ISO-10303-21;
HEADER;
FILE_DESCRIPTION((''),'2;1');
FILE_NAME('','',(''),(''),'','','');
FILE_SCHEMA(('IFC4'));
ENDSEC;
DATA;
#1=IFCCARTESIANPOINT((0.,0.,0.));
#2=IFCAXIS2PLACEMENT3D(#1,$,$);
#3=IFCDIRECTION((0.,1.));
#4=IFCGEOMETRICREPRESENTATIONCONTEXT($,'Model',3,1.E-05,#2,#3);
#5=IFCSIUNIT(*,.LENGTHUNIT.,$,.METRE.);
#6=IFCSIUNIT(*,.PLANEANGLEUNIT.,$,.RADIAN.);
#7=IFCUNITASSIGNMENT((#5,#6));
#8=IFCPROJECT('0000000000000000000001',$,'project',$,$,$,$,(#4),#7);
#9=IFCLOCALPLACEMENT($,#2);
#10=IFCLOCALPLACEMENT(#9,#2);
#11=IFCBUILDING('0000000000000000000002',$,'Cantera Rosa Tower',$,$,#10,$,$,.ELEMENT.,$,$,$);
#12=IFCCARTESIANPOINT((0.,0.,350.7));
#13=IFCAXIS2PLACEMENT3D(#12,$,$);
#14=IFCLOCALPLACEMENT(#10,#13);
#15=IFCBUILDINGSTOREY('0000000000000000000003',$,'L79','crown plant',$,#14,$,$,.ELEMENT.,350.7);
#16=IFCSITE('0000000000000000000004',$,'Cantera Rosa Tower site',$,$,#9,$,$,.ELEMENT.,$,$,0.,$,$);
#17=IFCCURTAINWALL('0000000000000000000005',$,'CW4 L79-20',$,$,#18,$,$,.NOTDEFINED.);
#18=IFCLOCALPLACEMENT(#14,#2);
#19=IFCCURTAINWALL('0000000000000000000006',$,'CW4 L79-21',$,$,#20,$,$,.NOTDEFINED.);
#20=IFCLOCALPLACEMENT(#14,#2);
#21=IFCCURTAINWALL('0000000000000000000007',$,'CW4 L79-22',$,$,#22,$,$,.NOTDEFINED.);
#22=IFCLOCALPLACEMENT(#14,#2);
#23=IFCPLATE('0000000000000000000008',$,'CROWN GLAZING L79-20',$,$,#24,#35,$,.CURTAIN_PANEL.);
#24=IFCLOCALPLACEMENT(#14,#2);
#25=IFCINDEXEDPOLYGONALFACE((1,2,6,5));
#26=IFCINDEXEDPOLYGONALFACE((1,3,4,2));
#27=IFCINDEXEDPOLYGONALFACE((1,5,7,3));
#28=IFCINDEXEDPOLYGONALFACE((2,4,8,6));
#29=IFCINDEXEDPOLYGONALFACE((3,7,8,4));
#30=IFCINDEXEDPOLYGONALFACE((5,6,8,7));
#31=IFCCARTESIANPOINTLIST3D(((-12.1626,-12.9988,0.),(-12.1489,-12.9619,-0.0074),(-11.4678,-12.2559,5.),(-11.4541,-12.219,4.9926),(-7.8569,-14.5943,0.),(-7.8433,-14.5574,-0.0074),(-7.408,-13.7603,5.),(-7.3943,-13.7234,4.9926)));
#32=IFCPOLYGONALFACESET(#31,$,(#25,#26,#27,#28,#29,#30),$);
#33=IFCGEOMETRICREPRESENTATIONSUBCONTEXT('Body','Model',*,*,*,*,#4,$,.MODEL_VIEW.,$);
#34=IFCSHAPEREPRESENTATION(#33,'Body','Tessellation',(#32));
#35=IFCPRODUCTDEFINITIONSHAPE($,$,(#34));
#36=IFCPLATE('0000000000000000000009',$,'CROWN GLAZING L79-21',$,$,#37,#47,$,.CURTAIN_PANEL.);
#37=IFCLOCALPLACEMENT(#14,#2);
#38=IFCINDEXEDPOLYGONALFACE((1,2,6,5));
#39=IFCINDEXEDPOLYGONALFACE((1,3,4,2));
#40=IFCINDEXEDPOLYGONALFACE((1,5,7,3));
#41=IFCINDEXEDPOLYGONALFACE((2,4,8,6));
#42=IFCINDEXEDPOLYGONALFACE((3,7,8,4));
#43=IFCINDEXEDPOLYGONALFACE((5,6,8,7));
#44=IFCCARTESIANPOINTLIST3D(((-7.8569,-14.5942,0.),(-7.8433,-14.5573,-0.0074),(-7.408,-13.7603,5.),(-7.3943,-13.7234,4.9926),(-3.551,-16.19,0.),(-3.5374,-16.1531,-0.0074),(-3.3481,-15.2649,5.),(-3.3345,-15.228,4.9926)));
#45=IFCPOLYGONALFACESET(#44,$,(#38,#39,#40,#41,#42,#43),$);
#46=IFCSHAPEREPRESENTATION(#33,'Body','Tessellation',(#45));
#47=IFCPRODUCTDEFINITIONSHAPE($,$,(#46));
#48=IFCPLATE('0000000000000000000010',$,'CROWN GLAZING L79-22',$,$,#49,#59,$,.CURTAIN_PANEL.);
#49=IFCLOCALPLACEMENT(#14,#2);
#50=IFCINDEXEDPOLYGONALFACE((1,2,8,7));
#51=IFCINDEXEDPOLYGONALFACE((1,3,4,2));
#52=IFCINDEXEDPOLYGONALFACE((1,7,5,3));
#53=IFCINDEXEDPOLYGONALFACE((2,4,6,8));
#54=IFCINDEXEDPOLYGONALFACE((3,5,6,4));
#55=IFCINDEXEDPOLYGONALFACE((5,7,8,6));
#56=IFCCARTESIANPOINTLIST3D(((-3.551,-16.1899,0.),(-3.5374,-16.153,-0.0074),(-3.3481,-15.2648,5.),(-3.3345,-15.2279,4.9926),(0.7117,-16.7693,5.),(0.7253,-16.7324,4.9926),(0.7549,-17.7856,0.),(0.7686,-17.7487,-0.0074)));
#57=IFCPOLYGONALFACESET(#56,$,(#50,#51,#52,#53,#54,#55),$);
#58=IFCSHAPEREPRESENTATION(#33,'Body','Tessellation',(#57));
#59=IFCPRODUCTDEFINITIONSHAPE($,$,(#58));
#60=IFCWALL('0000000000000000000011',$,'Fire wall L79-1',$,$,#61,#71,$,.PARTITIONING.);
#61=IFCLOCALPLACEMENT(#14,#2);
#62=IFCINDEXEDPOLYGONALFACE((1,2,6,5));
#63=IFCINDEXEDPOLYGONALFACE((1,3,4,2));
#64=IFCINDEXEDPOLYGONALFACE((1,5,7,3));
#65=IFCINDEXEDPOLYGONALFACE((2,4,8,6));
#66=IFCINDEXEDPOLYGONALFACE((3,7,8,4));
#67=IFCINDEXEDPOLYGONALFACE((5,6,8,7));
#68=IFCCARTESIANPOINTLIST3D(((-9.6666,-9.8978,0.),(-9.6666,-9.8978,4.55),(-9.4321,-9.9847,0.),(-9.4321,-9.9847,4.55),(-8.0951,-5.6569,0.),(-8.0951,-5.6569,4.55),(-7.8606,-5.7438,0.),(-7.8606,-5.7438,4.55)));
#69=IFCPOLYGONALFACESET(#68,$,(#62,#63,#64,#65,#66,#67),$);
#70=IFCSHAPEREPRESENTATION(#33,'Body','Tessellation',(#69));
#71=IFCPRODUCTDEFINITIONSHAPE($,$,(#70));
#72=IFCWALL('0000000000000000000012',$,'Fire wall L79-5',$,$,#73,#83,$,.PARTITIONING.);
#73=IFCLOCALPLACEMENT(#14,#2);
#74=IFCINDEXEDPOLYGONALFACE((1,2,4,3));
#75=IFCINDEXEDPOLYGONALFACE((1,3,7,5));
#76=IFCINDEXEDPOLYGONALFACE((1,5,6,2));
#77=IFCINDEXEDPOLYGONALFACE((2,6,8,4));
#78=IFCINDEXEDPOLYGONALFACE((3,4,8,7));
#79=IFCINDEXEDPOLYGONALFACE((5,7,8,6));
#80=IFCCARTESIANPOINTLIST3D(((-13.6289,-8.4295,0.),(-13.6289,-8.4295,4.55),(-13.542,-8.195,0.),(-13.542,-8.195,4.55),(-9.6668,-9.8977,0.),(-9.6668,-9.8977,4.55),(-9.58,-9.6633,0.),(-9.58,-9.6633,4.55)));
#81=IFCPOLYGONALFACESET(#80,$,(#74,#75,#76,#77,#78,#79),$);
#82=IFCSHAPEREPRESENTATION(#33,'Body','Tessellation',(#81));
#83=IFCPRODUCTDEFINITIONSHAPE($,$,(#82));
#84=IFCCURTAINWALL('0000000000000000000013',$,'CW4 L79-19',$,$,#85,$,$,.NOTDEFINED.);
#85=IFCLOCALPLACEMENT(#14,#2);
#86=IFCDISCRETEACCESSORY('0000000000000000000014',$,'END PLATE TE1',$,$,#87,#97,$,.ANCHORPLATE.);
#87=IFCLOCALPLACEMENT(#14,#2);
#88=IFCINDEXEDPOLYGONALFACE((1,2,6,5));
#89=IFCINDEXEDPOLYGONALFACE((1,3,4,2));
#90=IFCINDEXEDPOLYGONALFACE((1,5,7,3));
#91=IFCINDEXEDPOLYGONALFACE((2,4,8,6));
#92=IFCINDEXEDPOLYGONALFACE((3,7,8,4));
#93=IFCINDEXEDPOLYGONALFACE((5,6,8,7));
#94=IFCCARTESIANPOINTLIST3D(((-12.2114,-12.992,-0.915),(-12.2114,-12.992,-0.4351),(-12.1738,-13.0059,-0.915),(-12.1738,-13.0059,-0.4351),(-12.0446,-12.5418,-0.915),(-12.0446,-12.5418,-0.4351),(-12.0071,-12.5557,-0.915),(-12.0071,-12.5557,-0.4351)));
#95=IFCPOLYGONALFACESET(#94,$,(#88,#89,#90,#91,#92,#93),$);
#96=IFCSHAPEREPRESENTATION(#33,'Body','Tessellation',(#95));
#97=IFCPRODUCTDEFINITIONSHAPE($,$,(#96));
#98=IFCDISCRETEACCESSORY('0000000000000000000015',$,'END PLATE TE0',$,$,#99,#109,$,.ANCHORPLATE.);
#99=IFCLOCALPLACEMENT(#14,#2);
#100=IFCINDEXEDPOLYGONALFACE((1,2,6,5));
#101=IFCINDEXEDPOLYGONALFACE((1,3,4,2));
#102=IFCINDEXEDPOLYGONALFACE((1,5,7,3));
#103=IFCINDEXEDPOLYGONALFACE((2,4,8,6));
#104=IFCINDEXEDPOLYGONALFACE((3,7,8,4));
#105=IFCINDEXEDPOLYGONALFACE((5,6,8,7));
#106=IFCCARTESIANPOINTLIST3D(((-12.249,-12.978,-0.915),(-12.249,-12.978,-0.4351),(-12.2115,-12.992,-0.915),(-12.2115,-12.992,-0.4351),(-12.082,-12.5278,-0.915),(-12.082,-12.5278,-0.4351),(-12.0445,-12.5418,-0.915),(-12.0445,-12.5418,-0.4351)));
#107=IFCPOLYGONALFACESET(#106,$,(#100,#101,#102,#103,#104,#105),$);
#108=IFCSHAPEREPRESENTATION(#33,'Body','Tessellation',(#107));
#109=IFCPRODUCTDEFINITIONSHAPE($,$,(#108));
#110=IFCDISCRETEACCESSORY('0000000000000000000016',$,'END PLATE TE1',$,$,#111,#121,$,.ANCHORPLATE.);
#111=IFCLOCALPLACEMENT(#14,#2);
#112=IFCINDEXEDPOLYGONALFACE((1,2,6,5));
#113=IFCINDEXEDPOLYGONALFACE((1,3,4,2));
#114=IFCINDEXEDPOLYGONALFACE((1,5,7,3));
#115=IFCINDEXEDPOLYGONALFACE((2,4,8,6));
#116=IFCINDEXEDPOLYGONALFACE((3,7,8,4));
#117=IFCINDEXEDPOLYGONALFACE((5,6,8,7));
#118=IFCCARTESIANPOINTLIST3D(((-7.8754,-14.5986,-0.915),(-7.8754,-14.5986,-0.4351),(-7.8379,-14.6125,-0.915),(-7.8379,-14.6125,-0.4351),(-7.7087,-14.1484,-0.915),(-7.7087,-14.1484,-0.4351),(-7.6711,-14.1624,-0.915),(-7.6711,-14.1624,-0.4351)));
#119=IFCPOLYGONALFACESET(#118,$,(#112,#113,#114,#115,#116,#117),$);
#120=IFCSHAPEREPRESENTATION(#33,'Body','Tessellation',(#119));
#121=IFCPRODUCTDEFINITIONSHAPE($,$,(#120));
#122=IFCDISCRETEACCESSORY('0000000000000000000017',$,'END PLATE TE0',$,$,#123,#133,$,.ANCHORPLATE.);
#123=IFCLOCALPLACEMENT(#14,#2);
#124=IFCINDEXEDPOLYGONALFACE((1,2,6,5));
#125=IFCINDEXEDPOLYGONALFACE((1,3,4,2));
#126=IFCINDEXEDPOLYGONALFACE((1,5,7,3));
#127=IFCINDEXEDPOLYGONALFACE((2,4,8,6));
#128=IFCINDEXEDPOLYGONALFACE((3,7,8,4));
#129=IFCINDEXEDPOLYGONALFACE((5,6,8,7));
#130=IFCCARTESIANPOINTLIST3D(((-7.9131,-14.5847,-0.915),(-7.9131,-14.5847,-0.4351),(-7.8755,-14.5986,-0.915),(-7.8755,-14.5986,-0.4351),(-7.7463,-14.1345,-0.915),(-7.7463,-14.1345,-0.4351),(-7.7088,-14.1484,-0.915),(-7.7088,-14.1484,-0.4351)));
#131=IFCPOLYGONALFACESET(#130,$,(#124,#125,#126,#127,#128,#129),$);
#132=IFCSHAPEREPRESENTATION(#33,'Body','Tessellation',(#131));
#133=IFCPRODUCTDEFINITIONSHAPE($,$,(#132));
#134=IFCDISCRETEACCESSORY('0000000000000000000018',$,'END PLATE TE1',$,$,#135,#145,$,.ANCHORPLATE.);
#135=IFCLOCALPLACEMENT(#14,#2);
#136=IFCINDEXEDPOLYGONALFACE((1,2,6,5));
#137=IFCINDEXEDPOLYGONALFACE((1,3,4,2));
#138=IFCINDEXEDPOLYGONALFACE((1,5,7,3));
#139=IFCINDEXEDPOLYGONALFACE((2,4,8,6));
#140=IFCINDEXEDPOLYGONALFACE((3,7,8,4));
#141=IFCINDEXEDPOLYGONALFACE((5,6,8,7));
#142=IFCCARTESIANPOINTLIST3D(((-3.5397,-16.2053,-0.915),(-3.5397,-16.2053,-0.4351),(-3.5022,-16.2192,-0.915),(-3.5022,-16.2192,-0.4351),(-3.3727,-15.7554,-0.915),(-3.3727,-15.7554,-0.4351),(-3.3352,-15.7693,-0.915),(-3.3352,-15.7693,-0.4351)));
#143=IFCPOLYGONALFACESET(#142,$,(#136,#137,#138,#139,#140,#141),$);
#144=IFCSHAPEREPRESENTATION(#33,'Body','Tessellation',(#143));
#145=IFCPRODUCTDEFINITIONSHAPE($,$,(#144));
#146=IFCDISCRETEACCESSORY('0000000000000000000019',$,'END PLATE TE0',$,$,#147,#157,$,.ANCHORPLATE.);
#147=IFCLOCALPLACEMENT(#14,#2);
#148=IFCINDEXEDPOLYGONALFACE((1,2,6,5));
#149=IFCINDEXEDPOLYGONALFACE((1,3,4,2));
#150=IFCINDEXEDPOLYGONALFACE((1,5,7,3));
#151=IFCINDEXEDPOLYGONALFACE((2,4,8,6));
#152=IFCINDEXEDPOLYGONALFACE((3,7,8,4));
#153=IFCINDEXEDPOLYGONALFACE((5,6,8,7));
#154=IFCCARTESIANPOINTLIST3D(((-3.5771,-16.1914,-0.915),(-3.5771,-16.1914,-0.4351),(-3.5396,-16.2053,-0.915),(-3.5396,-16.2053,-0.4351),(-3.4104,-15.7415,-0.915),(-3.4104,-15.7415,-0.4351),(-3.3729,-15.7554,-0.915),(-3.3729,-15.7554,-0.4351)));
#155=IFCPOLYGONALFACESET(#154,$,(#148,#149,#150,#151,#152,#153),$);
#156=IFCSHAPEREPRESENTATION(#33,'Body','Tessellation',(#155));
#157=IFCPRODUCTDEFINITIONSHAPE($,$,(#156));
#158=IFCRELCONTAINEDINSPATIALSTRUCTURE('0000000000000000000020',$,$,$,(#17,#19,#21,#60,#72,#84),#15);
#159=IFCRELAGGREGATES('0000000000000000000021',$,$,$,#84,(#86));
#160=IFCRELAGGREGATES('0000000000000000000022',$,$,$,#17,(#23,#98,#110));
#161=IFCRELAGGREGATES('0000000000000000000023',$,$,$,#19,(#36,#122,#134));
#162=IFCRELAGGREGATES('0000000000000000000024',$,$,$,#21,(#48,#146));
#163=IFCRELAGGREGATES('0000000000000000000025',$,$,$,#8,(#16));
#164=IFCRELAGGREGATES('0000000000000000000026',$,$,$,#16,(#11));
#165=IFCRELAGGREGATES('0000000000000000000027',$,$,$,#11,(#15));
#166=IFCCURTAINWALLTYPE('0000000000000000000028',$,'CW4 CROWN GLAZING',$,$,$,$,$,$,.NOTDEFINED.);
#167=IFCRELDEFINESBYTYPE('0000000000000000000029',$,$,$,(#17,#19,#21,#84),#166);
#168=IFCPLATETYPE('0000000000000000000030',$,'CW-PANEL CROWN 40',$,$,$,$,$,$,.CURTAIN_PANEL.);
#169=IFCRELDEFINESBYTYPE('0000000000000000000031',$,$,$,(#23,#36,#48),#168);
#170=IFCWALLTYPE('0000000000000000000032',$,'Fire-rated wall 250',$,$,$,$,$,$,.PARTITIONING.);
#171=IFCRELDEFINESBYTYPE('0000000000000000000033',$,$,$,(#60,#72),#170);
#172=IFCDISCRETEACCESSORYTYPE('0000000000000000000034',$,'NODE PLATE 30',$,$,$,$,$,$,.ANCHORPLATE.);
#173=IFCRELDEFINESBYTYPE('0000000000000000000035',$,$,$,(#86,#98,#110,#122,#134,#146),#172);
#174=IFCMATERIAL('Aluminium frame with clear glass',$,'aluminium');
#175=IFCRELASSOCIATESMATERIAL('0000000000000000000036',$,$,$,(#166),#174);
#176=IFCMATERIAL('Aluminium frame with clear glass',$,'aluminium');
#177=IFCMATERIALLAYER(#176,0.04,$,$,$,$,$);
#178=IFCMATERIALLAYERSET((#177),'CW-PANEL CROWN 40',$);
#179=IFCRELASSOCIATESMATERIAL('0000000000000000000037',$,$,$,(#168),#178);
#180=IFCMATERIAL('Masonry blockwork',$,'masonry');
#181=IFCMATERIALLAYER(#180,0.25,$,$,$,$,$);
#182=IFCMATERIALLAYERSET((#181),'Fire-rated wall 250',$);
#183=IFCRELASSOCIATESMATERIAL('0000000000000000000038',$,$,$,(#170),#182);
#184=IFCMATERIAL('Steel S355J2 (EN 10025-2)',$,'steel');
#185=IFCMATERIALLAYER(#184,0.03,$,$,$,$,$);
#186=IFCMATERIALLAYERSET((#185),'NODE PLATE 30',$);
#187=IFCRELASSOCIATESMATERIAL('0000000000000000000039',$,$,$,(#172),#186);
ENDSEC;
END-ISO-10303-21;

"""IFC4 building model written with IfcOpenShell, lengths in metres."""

from ifc_helpers import new_model, si_unit, direction, frame, frame_2d, origin, place, context, subcontext, project, spatial, polyline, rectangle, outline, extrude, material, layer, layer_set, type_object, element, aggregate, save


model = new_model("IFC4")

# Units and contexts
model_context = context("Model", 3, precision=1e-05, world=origin(), true_north=direction((0.0, 1.0)))
body_context = subcontext(model_context, "Body", "Model", "MODEL_VIEW")
ifc_project = project(units=[si_unit("LENGTHUNIT", "METRE"), si_unit("PLANEANGLEUNIT", "RADIAN")], contexts=[model_context])

# Site, building, storey
site_placement = place(None, origin())
site = spatial("IfcSite", under=ifc_project, at=site_placement, Name="Cantera Rosa Tower site", CompositionType="ELEMENT", RefElevation=0.0)
building_placement = place(site_placement, origin())
building = spatial("IfcBuilding", under=site, at=building_placement, Name="Cantera Rosa Tower", CompositionType="ELEMENT")
storey_placement = place(building_placement, frame((0.0, 0.0, 350.7)))
storey = spatial("IfcBuildingStorey", under=building, at=storey_placement, Name="L79", Description="crown plant", CompositionType="ELEMENT", Elevation=350.7)

# Curtain walls
ifc_material_1 = material(Name="Aluminium frame with clear glass", Category="aluminium")
curtain_wall_type = type_object("IfcCurtainWallType", Name="CW4 CROWN GLAZING", PredefinedType="NOTDEFINED", material=ifc_material_1)
curtain_wall_1_placement = place(storey_placement, origin())
curtain_wall_1 = element("IfcCurtainWall", 1, at=curtain_wall_1_placement, inside=storey, type_object=curtain_wall_type, Name="CW4 L79-20", PredefinedType="NOTDEFINED")
curtain_wall_2_placement = place(storey_placement, origin())
curtain_wall_2 = element("IfcCurtainWall", 2, at=curtain_wall_2_placement, inside=storey, type_object=curtain_wall_type, Name="CW4 L79-21", PredefinedType="NOTDEFINED")
curtain_wall_3_placement = place(storey_placement, origin())
curtain_wall_3 = element("IfcCurtainWall", 3, at=curtain_wall_3_placement, inside=storey, type_object=curtain_wall_type, Name="CW4 L79-22", PredefinedType="NOTDEFINED")

# Plates
ifc_material_2 = material(Name="Aluminium frame with clear glass", Category="aluminium")
ifc_layer_1 = layer(ifc_material_2, 0.04)
ifc_layer_set_1 = layer_set([ifc_layer_1], Name="CW-PANEL CROWN 40")
plate_type = type_object("IfcPlateType", Name="CW-PANEL CROWN 40", PredefinedType="CURTAIN_PANEL", material=ifc_layer_set_1)
plate_1_placement = place(storey_placement, frame((-12.1626, -12.9988, 0.0), z_axis=(-0.341507, -0.921614, 0.184391), x_axis=(0.937693, -0.347465, 0.000001)))
plate_1 = element("IfcPlate", 4, at=plate_1_placement, type_object=plate_type, Name="CROWN GLAZING L79-20", PredefinedType="CURTAIN_PANEL", context=body_context, shape_type="SweptSolid", body=[
    extrude(outline(polyline([(0.0, 0.0), (4.5918, 0.0), (4.723, 5.0872), (0.3934, 5.0872), (0.0, 0.0)])), origin(), (0.0, 0.0, -1.0), 0.04),
])
plate_2_placement = place(storey_placement, frame((-7.8569, -14.5942, 0.0), z_axis=(-0.341546, -0.921603, 0.184377), x_axis=(0.937679, -0.347504, 0.000003)))
plate_2 = element("IfcPlate", 5, at=plate_2_placement, type_object=plate_type, Name="CROWN GLAZING L79-21", PredefinedType="CURTAIN_PANEL", context=body_context, shape_type="SweptSolid", body=[
    extrude(outline(polyline([(0.0, 0.0), (4.5921, 0.0), (4.4609, 5.0872), (0.1312, 5.0872), (0.0, 0.0)])), origin(), (0.0, 0.0, -1.0), 0.04),
])
plate_3_placement = place(storey_placement, frame((-3.551, -16.1899, 0.0), z_axis=(-0.341523, -0.921612, 0.184375), x_axis=(0.937687, -0.34748, -0.000002)))
plate_3 = element("IfcPlate", 6, at=plate_3_placement, type_object=plate_type, Name="CROWN GLAZING L79-22", PredefinedType="CURTAIN_PANEL", context=body_context, shape_type="SweptSolid", body=[
    extrude(outline(polyline([(0.0, 0.0), (4.5921, 0.0), (4.1984, 5.0872), (-0.1312, 5.0872), (0.0, 0.0)])), origin(), (0.0, 0.0, -1.0), 0.04),
])

# Walls
ifc_material_3 = material(Name="Masonry blockwork", Category="masonry")
ifc_layer_2 = layer(ifc_material_3, 0.25)
ifc_layer_set_2 = layer_set([ifc_layer_2], Name="Fire-rated wall 250")
wall_type = type_object("IfcWallType", Name="Fire-rated wall 250", PredefinedType="PARTITIONING", material=ifc_layer_set_2)
wall_1_placement = place(storey_placement, frame((-9.5493, -9.9412, 0.0), z_axis=(0.0, 0.0, 1.0), x_axis=(0.347471, 0.937691, 0.0)))
element("IfcWall", 7, at=wall_1_placement, inside=storey, type_object=wall_type, Name="Fire wall L79-1", PredefinedType="PARTITIONING", context=body_context, shape_type="SweptSolid", body=[
    extrude(rectangle(XDim=4.5227, YDim=0.25, at=frame_2d((2.2612, 0.0))), origin(), (0.0, 0.0, 1.0), 4.55),
])
wall_2_placement = place(storey_placement, frame((-9.6233, -9.7805, 0.0), z_axis=(0.0, 0.0, 1.0), x_axis=(-0.937687, 0.34748, 0.0)))
element("IfcWall", 8, at=wall_2_placement, inside=storey, type_object=wall_type, Name="Fire wall L79-5", PredefinedType="PARTITIONING", context=body_context, shape_type="SweptSolid", body=[
    extrude(rectangle(XDim=4.2253, YDim=0.25, at=frame_2d((2.1128, 0.0))), origin(), (0.0, 0.0, 1.0), 4.55),
])

# Curtain wall, discrete accessory
curtain_wall_4_placement = place(storey_placement, origin())
curtain_wall_4 = element("IfcCurtainWall", 9, at=curtain_wall_4_placement, inside=storey, type_object=curtain_wall_type, Name="CW4 L79-19", PredefinedType="NOTDEFINED")
ifc_material_4 = material(Name="Steel S355J2 (EN 10025-2)", Category="steel")
ifc_layer_3 = layer(ifc_material_4, 0.03)
ifc_layer_set_3 = layer_set([ifc_layer_3], Name="NODE PLATE 30")
discrete_accessory_type = type_object("IfcDiscreteAccessoryType", Name="NODE PLATE 30", PredefinedType="ANCHORPLATE", material=ifc_layer_set_3)
discrete_accessory_1_placement = place(storey_placement, frame((-12.0071, -12.5557, -0.4351), z_axis=(0.937743, -0.347331, 0.0), x_axis=(-0.347331, -0.937743, 0.0)))
discrete_accessory_1 = element("IfcDiscreteAccessory", 10, at=discrete_accessory_1_placement, type_object=discrete_accessory_type, Name="END PLATE TE1", PredefinedType="ANCHORPLATE", context=body_context, shape_type="SweptSolid", body=[
    extrude(outline(polyline([(0.0, 0.0), (0.4801, 0.0), (0.4801, 0.48), (0.0, 0.48), (0.0, 0.0)])), origin(), (0.0, 0.0, -1.0), 0.04),
])
aggregate(curtain_wall_4, [discrete_accessory_1])

# Discrete accessories
discrete_accessory_2_placement = place(storey_placement, frame((-12.249, -12.978, -0.4351), z_axis=(-0.937577, 0.347778, 0.0), x_axis=(0.347778, 0.937577, 0.0)))
discrete_accessory_2 = element("IfcDiscreteAccessory", 11, at=discrete_accessory_2_placement, type_object=discrete_accessory_type, Name="END PLATE TE0", PredefinedType="ANCHORPLATE", context=body_context, shape_type="SweptSolid", body=[
    extrude(outline(polyline([(0.0, 0.0), (0.4802, 0.0), (0.4802, 0.48), (0.0, 0.48), (0.0, 0.0)])), origin(), (0.0, 0.0, -1.0), 0.04),
])
discrete_accessory_3_placement = place(storey_placement, frame((-7.6711, -14.1624, -0.4351), z_axis=(0.937743, -0.347331, 0.0), x_axis=(-0.347331, -0.937743, 0.0)))
discrete_accessory_3 = element("IfcDiscreteAccessory", 12, at=discrete_accessory_3_placement, type_object=discrete_accessory_type, Name="END PLATE TE1", PredefinedType="ANCHORPLATE", context=body_context, shape_type="SweptSolid", body=[
    extrude(outline(polyline([(0.0, 0.0), (0.4801, 0.0), (0.4801, 0.48), (0.0, 0.48), (0.0, 0.0)])), origin(), (0.0, 0.0, -1.0), 0.04),
])
aggregate(curtain_wall_1, [plate_1, discrete_accessory_2, discrete_accessory_3])
discrete_accessory_4_placement = place(storey_placement, frame((-7.9131, -14.5847, -0.4351), z_axis=(-0.937743, 0.347331, 0.0), x_axis=(0.347331, 0.937743, 0.0)))
discrete_accessory_4 = element("IfcDiscreteAccessory", 13, at=discrete_accessory_4_placement, type_object=discrete_accessory_type, Name="END PLATE TE0", PredefinedType="ANCHORPLATE", context=body_context, shape_type="SweptSolid", body=[
    extrude(outline(polyline([(0.0, 0.0), (0.4801, 0.0), (0.4801, 0.48), (0.0, 0.48), (0.0, 0.0)])), origin(), (0.0, 0.0, -1.0), 0.04),
])
discrete_accessory_5_placement = place(storey_placement, frame((-3.3352, -15.7693, -0.4351), z_axis=(0.937515, -0.347944, 0.0), x_axis=(-0.347944, -0.937515, 0.0)))
discrete_accessory_5 = element("IfcDiscreteAccessory", 14, at=discrete_accessory_5_placement, type_object=discrete_accessory_type, Name="END PLATE TE1", PredefinedType="ANCHORPLATE", context=body_context, shape_type="SweptSolid", body=[
    extrude(outline(polyline([(0.0, 0.0), (0.4799, 0.0), (0.4799, 0.48), (0.0, 0.48), (0.0, 0.0)])), origin(), (0.0, 0.0, -1.0), 0.04),
])
aggregate(curtain_wall_2, [plate_2, discrete_accessory_4, discrete_accessory_5])
discrete_accessory_6_placement = place(storey_placement, frame((-3.5771, -16.1914, -0.4351), z_axis=(-0.937681, 0.347497, 0.0), x_axis=(0.347497, 0.937681, 0.0)))
discrete_accessory_6 = element("IfcDiscreteAccessory", 15, at=discrete_accessory_6_placement, type_object=discrete_accessory_type, Name="END PLATE TE0", PredefinedType="ANCHORPLATE", context=body_context, shape_type="SweptSolid", body=[
    extrude(outline(polyline([(0.0, 0.0), (0.4799, 0.0), (0.4799, 0.48), (0.0, 0.48), (0.0, 0.0)])), origin(), (0.0, 0.0, -1.0), 0.04),
])
aggregate(curtain_wall_3, [plate_3, discrete_accessory_6])

save(model, "model.ifc")
